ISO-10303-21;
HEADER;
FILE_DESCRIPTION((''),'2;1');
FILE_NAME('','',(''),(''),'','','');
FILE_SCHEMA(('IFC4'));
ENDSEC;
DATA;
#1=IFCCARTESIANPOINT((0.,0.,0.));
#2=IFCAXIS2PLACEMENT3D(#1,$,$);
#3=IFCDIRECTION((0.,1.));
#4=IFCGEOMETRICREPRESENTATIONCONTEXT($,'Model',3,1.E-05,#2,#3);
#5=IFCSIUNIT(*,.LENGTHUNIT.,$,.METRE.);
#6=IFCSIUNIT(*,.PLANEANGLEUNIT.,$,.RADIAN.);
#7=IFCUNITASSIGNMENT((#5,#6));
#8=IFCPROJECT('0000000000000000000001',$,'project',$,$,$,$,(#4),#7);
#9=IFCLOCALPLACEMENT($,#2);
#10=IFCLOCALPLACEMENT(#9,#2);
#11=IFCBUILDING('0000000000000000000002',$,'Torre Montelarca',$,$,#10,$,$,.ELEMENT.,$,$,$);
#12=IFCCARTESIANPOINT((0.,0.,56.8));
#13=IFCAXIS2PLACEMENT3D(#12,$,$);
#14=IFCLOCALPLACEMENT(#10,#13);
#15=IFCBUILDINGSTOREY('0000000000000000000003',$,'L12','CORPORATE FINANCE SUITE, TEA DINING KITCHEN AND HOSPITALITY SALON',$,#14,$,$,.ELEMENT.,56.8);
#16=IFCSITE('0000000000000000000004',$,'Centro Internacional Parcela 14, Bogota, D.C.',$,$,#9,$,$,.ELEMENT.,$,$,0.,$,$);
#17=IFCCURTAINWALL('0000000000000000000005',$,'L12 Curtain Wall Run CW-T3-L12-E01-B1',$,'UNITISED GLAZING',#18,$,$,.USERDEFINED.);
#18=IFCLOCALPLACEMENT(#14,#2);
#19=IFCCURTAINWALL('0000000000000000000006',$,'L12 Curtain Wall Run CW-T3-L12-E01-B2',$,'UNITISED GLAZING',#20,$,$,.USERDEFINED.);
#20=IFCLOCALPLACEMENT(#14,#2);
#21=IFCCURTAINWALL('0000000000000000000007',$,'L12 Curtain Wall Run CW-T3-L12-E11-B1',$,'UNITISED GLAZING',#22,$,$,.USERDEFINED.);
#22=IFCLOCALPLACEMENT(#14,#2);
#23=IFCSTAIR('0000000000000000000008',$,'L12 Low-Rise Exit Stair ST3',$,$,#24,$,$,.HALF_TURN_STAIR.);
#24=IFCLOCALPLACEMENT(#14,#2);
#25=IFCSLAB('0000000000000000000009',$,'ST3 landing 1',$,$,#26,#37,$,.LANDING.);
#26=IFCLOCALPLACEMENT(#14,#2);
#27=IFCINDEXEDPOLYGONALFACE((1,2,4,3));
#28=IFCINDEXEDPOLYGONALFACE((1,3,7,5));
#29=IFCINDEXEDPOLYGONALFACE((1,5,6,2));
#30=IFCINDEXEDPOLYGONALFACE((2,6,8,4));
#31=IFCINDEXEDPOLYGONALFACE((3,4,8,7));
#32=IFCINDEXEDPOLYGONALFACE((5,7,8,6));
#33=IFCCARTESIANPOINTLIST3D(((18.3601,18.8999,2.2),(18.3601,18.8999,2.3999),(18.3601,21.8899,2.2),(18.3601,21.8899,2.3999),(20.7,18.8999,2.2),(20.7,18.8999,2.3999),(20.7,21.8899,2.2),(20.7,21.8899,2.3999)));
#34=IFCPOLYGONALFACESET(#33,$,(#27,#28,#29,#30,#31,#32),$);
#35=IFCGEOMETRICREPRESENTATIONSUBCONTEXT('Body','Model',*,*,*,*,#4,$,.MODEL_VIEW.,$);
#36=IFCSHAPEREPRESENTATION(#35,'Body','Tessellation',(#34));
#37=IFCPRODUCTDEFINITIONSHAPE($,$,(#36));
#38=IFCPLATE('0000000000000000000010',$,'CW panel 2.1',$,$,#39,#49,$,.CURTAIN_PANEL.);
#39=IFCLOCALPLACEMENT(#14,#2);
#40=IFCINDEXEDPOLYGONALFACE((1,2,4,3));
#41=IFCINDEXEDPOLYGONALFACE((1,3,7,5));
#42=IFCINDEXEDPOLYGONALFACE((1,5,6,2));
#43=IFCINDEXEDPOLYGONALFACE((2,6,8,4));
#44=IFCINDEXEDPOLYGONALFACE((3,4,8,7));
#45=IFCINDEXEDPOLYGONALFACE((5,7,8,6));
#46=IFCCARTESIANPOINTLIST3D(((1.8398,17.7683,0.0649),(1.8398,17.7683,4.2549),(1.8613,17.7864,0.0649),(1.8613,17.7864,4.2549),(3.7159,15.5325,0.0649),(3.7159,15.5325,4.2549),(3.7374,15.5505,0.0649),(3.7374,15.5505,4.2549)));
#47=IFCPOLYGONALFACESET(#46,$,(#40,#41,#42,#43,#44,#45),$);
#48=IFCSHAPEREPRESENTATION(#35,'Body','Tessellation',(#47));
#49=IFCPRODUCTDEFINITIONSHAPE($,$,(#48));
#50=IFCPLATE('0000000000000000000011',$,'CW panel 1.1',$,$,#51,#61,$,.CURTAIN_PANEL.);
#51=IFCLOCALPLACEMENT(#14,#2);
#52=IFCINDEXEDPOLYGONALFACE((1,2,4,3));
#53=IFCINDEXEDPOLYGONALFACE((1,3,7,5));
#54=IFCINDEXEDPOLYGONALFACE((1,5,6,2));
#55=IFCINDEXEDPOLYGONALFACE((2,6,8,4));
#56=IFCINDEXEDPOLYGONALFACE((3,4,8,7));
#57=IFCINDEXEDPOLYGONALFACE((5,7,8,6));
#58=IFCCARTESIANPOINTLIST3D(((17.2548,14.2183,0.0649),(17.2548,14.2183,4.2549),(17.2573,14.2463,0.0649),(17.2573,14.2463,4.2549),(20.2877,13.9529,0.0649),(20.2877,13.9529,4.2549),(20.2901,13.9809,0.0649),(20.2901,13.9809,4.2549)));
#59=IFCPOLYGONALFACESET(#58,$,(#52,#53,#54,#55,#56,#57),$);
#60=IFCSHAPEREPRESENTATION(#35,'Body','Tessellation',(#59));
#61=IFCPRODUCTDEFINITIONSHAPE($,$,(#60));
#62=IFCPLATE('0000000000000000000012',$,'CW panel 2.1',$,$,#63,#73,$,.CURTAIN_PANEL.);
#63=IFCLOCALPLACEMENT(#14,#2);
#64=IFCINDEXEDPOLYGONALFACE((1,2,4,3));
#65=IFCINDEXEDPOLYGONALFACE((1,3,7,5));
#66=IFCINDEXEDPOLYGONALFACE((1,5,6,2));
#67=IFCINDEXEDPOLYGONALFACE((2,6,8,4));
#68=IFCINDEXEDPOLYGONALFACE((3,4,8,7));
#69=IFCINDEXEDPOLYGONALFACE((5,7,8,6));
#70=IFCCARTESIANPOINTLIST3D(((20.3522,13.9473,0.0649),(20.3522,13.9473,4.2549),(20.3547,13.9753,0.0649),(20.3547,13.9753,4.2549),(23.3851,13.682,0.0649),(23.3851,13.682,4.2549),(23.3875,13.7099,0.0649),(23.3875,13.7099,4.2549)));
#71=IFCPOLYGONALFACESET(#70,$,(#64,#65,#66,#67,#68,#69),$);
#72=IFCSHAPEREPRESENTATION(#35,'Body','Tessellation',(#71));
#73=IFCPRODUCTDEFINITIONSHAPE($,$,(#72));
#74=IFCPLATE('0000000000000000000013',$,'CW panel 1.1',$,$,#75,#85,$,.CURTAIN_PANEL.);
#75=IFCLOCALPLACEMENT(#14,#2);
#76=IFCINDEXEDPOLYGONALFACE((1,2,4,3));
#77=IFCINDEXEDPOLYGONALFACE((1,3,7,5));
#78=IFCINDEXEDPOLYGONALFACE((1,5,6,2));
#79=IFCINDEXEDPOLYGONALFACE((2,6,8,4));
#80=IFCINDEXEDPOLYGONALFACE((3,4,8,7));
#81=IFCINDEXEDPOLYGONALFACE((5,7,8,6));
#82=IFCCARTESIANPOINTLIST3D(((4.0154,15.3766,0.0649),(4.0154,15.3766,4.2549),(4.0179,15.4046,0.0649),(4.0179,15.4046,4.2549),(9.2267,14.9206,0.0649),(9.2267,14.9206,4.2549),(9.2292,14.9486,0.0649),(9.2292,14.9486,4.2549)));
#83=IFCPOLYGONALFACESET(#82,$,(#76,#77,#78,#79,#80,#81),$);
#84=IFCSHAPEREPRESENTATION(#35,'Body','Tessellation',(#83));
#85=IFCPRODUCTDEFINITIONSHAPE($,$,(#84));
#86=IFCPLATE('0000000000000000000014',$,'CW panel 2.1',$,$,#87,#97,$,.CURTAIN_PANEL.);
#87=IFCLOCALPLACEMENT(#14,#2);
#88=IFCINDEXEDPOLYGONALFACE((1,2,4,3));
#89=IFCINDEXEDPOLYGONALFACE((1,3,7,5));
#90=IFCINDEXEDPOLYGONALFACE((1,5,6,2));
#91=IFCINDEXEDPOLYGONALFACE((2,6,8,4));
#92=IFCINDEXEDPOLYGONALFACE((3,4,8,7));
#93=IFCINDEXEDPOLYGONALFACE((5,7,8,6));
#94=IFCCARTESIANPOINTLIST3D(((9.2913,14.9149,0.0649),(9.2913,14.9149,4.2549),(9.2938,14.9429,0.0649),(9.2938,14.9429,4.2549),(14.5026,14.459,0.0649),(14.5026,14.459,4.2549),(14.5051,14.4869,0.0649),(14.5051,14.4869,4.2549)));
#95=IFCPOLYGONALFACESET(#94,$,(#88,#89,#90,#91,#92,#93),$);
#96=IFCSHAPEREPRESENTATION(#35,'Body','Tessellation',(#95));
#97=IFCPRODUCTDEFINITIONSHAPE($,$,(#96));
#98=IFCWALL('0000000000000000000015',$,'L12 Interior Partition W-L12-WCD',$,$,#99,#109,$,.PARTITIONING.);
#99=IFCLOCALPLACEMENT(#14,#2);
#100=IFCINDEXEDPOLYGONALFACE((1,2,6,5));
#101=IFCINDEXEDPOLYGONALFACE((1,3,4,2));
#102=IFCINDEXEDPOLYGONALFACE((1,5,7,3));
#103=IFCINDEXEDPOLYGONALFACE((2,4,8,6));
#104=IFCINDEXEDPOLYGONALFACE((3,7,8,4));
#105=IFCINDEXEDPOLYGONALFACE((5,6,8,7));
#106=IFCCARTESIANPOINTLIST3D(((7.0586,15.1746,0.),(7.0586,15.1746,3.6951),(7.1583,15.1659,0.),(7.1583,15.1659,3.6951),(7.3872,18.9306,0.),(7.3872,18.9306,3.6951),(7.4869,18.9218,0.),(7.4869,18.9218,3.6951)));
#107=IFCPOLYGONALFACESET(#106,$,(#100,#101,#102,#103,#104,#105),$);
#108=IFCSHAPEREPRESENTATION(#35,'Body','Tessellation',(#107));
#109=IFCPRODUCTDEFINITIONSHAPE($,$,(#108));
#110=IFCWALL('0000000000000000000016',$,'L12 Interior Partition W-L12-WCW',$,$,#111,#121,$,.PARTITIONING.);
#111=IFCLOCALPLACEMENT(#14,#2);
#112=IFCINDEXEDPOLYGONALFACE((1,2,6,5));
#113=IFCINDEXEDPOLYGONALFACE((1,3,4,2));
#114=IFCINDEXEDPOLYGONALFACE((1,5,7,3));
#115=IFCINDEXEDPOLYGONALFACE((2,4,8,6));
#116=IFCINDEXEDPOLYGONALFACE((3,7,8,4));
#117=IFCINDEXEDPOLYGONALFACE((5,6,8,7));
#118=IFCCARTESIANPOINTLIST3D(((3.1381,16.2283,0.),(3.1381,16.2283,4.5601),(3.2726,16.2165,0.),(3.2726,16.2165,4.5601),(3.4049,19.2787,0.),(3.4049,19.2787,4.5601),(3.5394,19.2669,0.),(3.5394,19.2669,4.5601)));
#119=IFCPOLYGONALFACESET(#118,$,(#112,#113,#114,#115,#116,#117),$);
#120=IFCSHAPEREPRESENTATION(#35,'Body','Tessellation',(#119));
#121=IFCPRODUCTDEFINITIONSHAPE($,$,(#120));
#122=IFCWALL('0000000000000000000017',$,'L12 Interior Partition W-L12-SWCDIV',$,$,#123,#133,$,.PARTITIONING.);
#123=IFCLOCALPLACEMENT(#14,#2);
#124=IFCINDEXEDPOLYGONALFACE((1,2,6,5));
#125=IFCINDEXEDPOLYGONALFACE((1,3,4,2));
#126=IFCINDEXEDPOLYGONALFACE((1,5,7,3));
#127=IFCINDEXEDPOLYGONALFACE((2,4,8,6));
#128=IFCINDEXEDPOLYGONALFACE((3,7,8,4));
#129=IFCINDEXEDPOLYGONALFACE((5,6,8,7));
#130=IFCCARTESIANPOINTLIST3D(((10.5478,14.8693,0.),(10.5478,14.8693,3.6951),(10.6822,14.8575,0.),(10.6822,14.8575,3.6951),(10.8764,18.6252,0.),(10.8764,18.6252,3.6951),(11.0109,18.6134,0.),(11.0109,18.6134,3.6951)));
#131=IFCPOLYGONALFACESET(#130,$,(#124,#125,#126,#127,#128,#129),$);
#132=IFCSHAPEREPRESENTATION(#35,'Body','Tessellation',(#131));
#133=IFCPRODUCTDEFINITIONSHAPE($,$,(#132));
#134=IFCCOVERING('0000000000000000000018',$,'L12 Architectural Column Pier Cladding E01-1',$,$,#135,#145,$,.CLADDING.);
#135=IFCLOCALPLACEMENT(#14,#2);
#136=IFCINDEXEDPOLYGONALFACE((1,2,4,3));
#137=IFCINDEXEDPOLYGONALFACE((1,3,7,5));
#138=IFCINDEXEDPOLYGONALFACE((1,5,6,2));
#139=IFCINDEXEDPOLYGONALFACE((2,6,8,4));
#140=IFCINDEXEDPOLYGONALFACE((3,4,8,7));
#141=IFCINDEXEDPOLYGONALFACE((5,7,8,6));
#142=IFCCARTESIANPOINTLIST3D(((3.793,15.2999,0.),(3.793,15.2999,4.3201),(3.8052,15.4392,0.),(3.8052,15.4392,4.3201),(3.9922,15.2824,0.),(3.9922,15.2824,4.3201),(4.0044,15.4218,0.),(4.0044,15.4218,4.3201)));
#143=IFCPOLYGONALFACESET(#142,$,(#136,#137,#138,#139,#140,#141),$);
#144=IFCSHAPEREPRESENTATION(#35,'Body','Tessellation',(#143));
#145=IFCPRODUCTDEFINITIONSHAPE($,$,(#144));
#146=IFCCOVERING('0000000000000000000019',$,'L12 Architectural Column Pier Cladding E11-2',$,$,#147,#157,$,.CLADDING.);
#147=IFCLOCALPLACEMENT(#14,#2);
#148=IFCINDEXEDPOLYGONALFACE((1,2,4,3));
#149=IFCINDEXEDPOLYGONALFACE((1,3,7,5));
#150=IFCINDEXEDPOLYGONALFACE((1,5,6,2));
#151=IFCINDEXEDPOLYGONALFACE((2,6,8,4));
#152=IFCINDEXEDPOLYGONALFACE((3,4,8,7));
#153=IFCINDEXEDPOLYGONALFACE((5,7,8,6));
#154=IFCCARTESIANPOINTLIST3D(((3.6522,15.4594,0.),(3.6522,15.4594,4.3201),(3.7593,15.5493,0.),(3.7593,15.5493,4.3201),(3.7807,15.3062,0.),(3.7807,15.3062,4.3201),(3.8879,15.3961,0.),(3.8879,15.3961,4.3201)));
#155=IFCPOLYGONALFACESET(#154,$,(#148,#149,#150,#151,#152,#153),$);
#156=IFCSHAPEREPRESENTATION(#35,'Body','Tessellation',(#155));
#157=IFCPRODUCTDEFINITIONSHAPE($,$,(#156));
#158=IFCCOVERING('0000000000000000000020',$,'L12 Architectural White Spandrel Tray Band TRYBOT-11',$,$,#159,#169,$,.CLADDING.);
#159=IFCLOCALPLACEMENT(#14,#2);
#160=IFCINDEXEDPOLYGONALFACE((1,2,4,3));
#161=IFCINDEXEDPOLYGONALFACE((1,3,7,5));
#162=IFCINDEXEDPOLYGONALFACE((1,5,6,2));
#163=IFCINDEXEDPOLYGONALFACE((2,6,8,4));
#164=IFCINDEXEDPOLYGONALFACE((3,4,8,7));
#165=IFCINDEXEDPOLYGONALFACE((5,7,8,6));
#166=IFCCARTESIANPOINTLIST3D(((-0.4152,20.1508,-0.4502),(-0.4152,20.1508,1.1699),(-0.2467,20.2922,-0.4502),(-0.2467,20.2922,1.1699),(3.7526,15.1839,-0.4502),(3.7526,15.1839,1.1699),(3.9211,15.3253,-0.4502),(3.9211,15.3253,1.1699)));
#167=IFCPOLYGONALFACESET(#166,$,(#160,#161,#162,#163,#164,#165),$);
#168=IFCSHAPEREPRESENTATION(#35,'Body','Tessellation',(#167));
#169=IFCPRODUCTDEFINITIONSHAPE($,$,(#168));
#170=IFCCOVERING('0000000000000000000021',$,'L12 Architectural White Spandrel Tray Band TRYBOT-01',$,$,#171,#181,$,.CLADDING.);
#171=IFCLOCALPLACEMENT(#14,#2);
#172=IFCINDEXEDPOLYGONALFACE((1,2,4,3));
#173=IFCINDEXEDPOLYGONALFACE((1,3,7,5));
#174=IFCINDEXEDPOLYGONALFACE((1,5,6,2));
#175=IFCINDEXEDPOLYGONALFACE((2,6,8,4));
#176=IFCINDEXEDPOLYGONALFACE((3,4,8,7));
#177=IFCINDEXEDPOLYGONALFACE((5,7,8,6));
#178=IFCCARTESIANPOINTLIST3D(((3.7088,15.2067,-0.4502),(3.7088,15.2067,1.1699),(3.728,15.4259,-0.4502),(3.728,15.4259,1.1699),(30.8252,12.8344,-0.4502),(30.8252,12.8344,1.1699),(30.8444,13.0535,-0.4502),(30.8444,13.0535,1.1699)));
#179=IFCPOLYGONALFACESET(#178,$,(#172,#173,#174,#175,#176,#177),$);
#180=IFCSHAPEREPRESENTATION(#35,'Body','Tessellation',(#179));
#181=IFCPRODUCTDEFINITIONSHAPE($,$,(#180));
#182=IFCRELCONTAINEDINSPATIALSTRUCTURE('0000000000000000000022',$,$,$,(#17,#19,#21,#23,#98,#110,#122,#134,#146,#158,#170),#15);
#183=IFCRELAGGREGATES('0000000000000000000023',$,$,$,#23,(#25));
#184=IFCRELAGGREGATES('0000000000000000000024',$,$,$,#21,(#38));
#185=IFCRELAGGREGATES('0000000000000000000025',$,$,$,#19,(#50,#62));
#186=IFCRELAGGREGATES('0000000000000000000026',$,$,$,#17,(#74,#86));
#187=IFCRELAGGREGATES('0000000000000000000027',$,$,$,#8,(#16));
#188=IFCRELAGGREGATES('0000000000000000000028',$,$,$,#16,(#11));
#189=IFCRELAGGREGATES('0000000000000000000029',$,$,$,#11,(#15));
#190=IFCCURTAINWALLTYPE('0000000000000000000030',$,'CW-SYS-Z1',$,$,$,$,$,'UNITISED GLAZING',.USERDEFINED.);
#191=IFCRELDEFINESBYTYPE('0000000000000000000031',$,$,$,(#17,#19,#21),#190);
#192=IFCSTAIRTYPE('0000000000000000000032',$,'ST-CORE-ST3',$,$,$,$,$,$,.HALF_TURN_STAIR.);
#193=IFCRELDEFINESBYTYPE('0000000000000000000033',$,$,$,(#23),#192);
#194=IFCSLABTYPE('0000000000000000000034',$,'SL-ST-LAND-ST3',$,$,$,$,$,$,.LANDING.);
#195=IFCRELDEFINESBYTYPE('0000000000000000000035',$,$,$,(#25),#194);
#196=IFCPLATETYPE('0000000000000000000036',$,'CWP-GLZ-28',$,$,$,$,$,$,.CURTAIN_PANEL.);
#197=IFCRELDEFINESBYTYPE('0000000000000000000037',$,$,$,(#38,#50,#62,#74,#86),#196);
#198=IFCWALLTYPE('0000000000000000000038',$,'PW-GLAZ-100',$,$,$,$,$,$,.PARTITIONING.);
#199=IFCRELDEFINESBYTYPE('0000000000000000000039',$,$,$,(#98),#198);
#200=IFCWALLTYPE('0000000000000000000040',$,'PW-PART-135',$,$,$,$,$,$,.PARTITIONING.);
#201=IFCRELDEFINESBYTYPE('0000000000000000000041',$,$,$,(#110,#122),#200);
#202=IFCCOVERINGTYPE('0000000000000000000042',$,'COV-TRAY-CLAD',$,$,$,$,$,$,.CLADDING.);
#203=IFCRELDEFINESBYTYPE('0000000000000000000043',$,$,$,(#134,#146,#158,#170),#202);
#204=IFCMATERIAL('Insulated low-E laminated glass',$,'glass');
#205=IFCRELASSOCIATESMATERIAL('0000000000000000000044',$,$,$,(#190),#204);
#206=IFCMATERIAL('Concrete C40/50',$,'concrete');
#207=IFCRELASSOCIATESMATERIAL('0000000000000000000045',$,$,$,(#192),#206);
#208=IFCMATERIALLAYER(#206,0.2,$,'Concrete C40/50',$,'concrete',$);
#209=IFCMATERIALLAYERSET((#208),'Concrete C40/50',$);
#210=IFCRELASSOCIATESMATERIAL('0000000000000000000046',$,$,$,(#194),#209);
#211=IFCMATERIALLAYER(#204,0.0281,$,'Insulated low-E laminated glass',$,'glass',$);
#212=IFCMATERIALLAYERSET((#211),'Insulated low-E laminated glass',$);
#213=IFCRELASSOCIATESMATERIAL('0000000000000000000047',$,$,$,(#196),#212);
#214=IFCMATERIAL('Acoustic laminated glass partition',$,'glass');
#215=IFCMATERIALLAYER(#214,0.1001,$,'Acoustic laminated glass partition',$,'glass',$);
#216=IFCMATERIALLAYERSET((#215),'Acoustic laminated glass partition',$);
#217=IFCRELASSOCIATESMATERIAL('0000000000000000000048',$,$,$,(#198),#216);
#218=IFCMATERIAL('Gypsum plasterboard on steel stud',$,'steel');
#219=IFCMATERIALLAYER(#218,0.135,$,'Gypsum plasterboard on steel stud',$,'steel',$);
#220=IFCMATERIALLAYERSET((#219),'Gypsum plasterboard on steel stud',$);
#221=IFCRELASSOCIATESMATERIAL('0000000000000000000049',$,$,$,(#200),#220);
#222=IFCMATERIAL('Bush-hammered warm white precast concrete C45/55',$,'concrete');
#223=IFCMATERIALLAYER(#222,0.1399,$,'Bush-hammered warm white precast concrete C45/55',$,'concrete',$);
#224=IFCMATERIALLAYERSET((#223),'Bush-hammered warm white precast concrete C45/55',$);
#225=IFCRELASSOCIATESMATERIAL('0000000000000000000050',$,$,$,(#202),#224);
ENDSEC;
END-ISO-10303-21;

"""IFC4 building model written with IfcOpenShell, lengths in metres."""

from ifc_helpers import new_model, si_unit, direction, frame, frame_2d, origin, origin_2d, place, context, subcontext, project, spatial, polyline, rectangle, outline, extrude, source, transform, mapped, material, layer, layer_set, type_object, element, aggregate, save


model = new_model("IFC4")

# Units and contexts
model_context = context("Model", 3, precision=1e-05, world=origin(), true_north=direction((0.0, 1.0)))
body_context = subcontext(model_context, "Body", "Model", "MODEL_VIEW")
ifc_project = project(units=[si_unit("LENGTHUNIT", "METRE"), si_unit("PLANEANGLEUNIT", "RADIAN")], contexts=[model_context])

# Site, building, storey
site_placement = place(None, origin())
site = spatial("IfcSite", under=ifc_project, at=site_placement, Name="Centro Internacional Parcela 14, Bogota, D.C.", CompositionType="ELEMENT", RefElevation=0.0)
building_placement = place(site_placement, origin())
building = spatial("IfcBuilding", under=site, at=building_placement, Name="Torre Montelarca", CompositionType="ELEMENT")
storey_placement = place(building_placement, frame((0.0, 0.0, 56.8)))
storey = spatial("IfcBuildingStorey", under=building, at=storey_placement, Name="L12", Description="CORPORATE FINANCE SUITE, TEA DINING KITCHEN AND HOSPITALITY SALON", CompositionType="ELEMENT", Elevation=56.8)

# Curtain walls
ifc_material_1 = material(Name="Insulated low-E laminated glass", Category="glass")
curtain_wall_type = type_object("IfcCurtainWallType", Name="CW-SYS-Z1", ElementType="UNITISED GLAZING", PredefinedType="USERDEFINED", material=ifc_material_1)
curtain_wall_1_placement = place(storey_placement, origin())
curtain_wall_1 = element("IfcCurtainWall", 1, at=curtain_wall_1_placement, inside=storey, type_object=curtain_wall_type, Name="L12 Curtain Wall Run CW-T3-L12-E01-B1", ObjectType="UNITISED GLAZING", PredefinedType="USERDEFINED")
curtain_wall_2_placement = place(storey_placement, origin())
curtain_wall_2 = element("IfcCurtainWall", 2, at=curtain_wall_2_placement, inside=storey, type_object=curtain_wall_type, Name="L12 Curtain Wall Run CW-T3-L12-E01-B2", ObjectType="UNITISED GLAZING", PredefinedType="USERDEFINED")
curtain_wall_3_placement = place(storey_placement, origin())
curtain_wall_3 = element("IfcCurtainWall", 3, at=curtain_wall_3_placement, inside=storey, type_object=curtain_wall_type, Name="L12 Curtain Wall Run CW-T3-L12-E11-B1", ObjectType="UNITISED GLAZING", PredefinedType="USERDEFINED")

# Shared definitions
ifc_material_2 = material(Name="Concrete C40/50", Category="concrete")

# Stair, slab
stair_type_1 = type_object("IfcStairType", Name="ST-CORE-ST3", PredefinedType="HALF_TURN_STAIR", material=ifc_material_2)
stair_1_placement = place(storey_placement, origin())
stair_1 = element("IfcStair", 4, at=stair_1_placement, inside=storey, type_object=stair_type_1, Name="L12 Low-Rise Exit Stair ST3", PredefinedType="HALF_TURN_STAIR")
ifc_layer_1 = layer(ifc_material_2, 0.2, Name="Concrete C40/50", Category="concrete")
ifc_layer_set_1 = layer_set([ifc_layer_1], Name="Concrete C40/50")
slab_type_1 = type_object("IfcSlabType", Name="SL-ST-LAND-ST3", PredefinedType="LANDING", material=ifc_layer_set_1)
slab_1_placement = place(storey_placement, frame((0.0, 0.0, 2.2)))
slab_1 = element("IfcSlab", 5, at=slab_1_placement, type_object=slab_type_1, Name="ST3 landing 1", PredefinedType="LANDING", context=body_context, shape_type="SweptSolid", body=[
    extrude(outline(polyline([(18.3601, 18.8999), (20.7, 18.8999), (20.7, 21.8899), (18.3601, 21.8899), (18.3601, 18.8999)])), origin(), (0.0, 0.0, 1.0), 0.2),
])
aggregate(stair_1, [slab_1])

# Plates
ifc_layer_2 = layer(ifc_material_1, 0.0281, Name="Insulated low-E laminated glass", Category="glass")
ifc_layer_set_2 = layer_set([ifc_layer_2], Name="Insulated low-E laminated glass")
plate_type = type_object("IfcPlateType", Name="CWP-GLZ-28", PredefinedType="CURTAIN_PANEL", material=ifc_layer_set_2)
shared_shape_1 = source(origin(), body_context, "Body", "SweptSolid", [
    extrude(rectangle(XDim=2.9187, YDim=0.0281, at=origin_2d()), origin(), (0.0, 0.0, 1.0), 4.1899),
])
plate_1_placement = place(storey_placement, frame((2.7886, 16.6594, 0.0649), z_axis=(0.0, 0.0, 1.0), x_axis=(0.64279, -0.766043, 0.0)))
plate_1 = element("IfcPlate", 6, at=plate_1_placement, type_object=plate_type, Name="CW panel 2.1", PredefinedType="CURTAIN_PANEL", context=body_context, shape_type="MappedRepresentation", body=[
    mapped(shared_shape_1, transform((0.0, 0.0, 0.0), scale=1.0)),
])
aggregate(curtain_wall_3, [plate_1])
shared_shape_2 = source(origin(), body_context, "Body", "SweptSolid", [
    extrude(rectangle(XDim=3.0444, YDim=0.0281, at=origin_2d()), origin(), (0.0, 0.0, 1.0), 4.1899),
])
plate_2_placement = place(storey_placement, frame((18.7725, 14.0996, 0.0649), z_axis=(0.0, 0.0, 1.0), x_axis=(0.996194, -0.08716, 0.0)))
plate_2 = element("IfcPlate", 7, at=plate_2_placement, type_object=plate_type, Name="CW panel 1.1", PredefinedType="CURTAIN_PANEL", context=body_context, shape_type="MappedRepresentation", body=[
    mapped(shared_shape_2, transform((0.0, 0.0, 0.0), scale=1.0)),
])
plate_3_placement = place(storey_placement, frame((21.8699, 13.8286, 0.0649), z_axis=(0.0, 0.0, 1.0), x_axis=(0.996194, -0.08716, 0.0)))
plate_3 = element("IfcPlate", 8, at=plate_3_placement, type_object=plate_type, Name="CW panel 2.1", PredefinedType="CURTAIN_PANEL", context=body_context, shape_type="MappedRepresentation", body=[
    mapped(shared_shape_2, transform((0.0, 0.0, 0.0), scale=1.0)),
])
aggregate(curtain_wall_2, [plate_2, plate_3])
shared_shape_3 = source(origin(), body_context, "Body", "SweptSolid", [
    extrude(rectangle(XDim=5.2312, YDim=0.0281, at=origin_2d()), origin(), (0.0, 0.0, 1.0), 4.1899),
])
plate_4_placement = place(storey_placement, frame((6.6223, 15.1626, 0.0649), z_axis=(0.0, 0.0, 1.0), x_axis=(0.996194, -0.087162, 0.0)))
plate_4 = element("IfcPlate", 9, at=plate_4_placement, type_object=plate_type, Name="CW panel 1.1", PredefinedType="CURTAIN_PANEL", context=body_context, shape_type="MappedRepresentation", body=[
    mapped(shared_shape_3, transform((0.0, 0.0, 0.0), scale=1.0)),
])
plate_5_placement = place(storey_placement, frame((11.8982, 14.7009, 0.0649), z_axis=(0.0, 0.0, 1.0), x_axis=(0.996194, -0.087162, 0.0)))
plate_5 = element("IfcPlate", 10, at=plate_5_placement, type_object=plate_type, Name="CW panel 2.1", PredefinedType="CURTAIN_PANEL", context=body_context, shape_type="MappedRepresentation", body=[
    mapped(shared_shape_3, transform((0.0, 0.0, 0.0), scale=1.0)),
])
aggregate(curtain_wall_1, [plate_4, plate_5])

# Walls
ifc_material_3 = material(Name="Acoustic laminated glass partition", Category="glass")
ifc_layer_3 = layer(ifc_material_3, 0.1001, Name="Acoustic laminated glass partition", Category="glass")
ifc_layer_set_3 = layer_set([ifc_layer_3], Name="Acoustic laminated glass partition")
wall_type_1 = type_object("IfcWallType", Name="PW-GLAZ-100", PredefinedType="PARTITIONING", material=ifc_layer_set_3)
wall_1_placement = place(storey_placement, frame((7.1084, 15.1702, 0.0), z_axis=(0.0, 0.0, 1.0), x_axis=(0.087161, 0.996194, 0.0)))
element("IfcWall", 11, at=wall_1_placement, inside=storey, type_object=wall_type_1, Name="L12 Interior Partition W-L12-WCD", PredefinedType="PARTITIONING", context=body_context, shape_type="SweptSolid", body=[
    extrude(rectangle(XDim=3.7703, YDim=0.1001, at=frame_2d((1.8853, 0.0))), origin(), (0.0, 0.0, 1.0), 3.6951),
])
ifc_material_4 = material(Name="Gypsum plasterboard on steel stud", Category="steel")
ifc_layer_4 = layer(ifc_material_4, 0.135, Name="Gypsum plasterboard on steel stud", Category="steel")
ifc_layer_set_4 = layer_set([ifc_layer_4], Name="Gypsum plasterboard on steel stud")
wall_type_2 = type_object("IfcWallType", Name="PW-PART-135", PredefinedType="PARTITIONING", material=ifc_layer_set_4)
wall_2_placement = place(storey_placement, frame((3.2053, 16.2224, 0.0), z_axis=(0.0, 0.0, 1.0), x_axis=(0.087149, 0.996195, 0.0)))
element("IfcWall", 12, at=wall_2_placement, inside=storey, type_object=wall_type_2, Name="L12 Interior Partition W-L12-WCW", PredefinedType="PARTITIONING", context=body_context, shape_type="SweptSolid", body=[
    extrude(rectangle(XDim=3.062, YDim=0.135, at=frame_2d((1.531, 0.0))), origin(), (0.0, 0.0, 1.0), 4.5601),
])
wall_3_placement = place(storey_placement, frame((10.615, 14.8633, 0.0), z_axis=(0.0, 0.0, 1.0), x_axis=(0.087161, 0.996194, 0.0)))
element("IfcWall", 13, at=wall_3_placement, inside=storey, type_object=wall_type_2, Name="L12 Interior Partition W-L12-SWCDIV", PredefinedType="PARTITIONING", context=body_context, shape_type="SweptSolid", body=[
    extrude(rectangle(XDim=3.7703, YDim=0.135, at=frame_2d((1.8853, 0.0))), origin(), (0.0, 0.0, 1.0), 3.6951),
])

# Coverings
ifc_material_5 = material(Name="Bush-hammered warm white precast concrete C45/55", Category="concrete")
ifc_layer_5 = layer(ifc_material_5, 0.1399, Name="Bush-hammered warm white precast concrete C45/55", Category="concrete")
ifc_layer_set_5 = layer_set([ifc_layer_5], Name="Bush-hammered warm white precast concrete C45/55")
covering_type = type_object("IfcCoveringType", Name="COV-TRAY-CLAD", PredefinedType="CLADDING", material=ifc_layer_set_5)
shared_shape_4 = source(origin(), body_context, "Body", "SweptSolid", [
    extrude(rectangle(XDim=0.2, YDim=0.1399, at=origin_2d()), origin(), (0.0, 0.0, 1.0), 4.3201),
])
for number, where, z_axis, x_axis, name in (
    (14, (3.8987, 15.3608, 0.0), (0.0, 0.0, 1.0), (0.996195, -0.087157, 0.0), "L12 Architectural Column Pier Cladding E01-1"),
    (15, (3.77, 15.4277, 0.0), (0.0, 0.0, 1.0), (0.642794, -0.766039, 0.0), "L12 Architectural Column Pier Cladding E11-2"),
):
    element("IfcCovering", number, at=place(storey_placement, frame(where, z_axis=z_axis, x_axis=x_axis)), inside=storey, type_object=covering_type, Name=name, PredefinedType="CLADDING", context=body_context, shape_type="MappedRepresentation", body=[
        mapped(shared_shape_4, transform((0.0, 0.0, 0.0), scale=1.0)),
    ])
shared_shape_5 = source(origin(), body_context, "Body", "SweptSolid", [
    extrude(rectangle(XDim=6.4839, YDim=0.22, at=origin_2d()), origin(), (0.0, 0.0, 1.0), 1.6201),
])
covering_1_placement = place(storey_placement, frame((1.7529, 17.738, -0.4502), z_axis=(0.0, 0.0, 1.0), x_axis=(0.642788, -0.766044, 0.0)))
element("IfcCovering", 16, at=covering_1_placement, inside=storey, type_object=covering_type, Name="L12 Architectural White Spandrel Tray Band TRYBOT-11", PredefinedType="CLADDING", context=body_context, shape_type="MappedRepresentation", body=[
    mapped(shared_shape_5, transform((0.0, 0.0, 0.0), scale=1.0)),
])
shared_shape_6 = source(origin(), body_context, "Body", "SweptSolid", [
    extrude(rectangle(XDim=27.22, YDim=0.22, at=origin_2d()), origin(), (0.0, 0.0, 1.0), 1.6201),
])
covering_2_placement = place(storey_placement, frame((17.2766, 14.1301, -0.4502), z_axis=(0.0, 0.0, 1.0), x_axis=(0.996195, -0.087156, 0.0)))
element("IfcCovering", 17, at=covering_2_placement, inside=storey, type_object=covering_type, Name="L12 Architectural White Spandrel Tray Band TRYBOT-01", PredefinedType="CLADDING", context=body_context, shape_type="MappedRepresentation", body=[
    mapped(shared_shape_6, transform((0.0, 0.0, 0.0), scale=1.0)),
])

save(model, "model.ifc")
